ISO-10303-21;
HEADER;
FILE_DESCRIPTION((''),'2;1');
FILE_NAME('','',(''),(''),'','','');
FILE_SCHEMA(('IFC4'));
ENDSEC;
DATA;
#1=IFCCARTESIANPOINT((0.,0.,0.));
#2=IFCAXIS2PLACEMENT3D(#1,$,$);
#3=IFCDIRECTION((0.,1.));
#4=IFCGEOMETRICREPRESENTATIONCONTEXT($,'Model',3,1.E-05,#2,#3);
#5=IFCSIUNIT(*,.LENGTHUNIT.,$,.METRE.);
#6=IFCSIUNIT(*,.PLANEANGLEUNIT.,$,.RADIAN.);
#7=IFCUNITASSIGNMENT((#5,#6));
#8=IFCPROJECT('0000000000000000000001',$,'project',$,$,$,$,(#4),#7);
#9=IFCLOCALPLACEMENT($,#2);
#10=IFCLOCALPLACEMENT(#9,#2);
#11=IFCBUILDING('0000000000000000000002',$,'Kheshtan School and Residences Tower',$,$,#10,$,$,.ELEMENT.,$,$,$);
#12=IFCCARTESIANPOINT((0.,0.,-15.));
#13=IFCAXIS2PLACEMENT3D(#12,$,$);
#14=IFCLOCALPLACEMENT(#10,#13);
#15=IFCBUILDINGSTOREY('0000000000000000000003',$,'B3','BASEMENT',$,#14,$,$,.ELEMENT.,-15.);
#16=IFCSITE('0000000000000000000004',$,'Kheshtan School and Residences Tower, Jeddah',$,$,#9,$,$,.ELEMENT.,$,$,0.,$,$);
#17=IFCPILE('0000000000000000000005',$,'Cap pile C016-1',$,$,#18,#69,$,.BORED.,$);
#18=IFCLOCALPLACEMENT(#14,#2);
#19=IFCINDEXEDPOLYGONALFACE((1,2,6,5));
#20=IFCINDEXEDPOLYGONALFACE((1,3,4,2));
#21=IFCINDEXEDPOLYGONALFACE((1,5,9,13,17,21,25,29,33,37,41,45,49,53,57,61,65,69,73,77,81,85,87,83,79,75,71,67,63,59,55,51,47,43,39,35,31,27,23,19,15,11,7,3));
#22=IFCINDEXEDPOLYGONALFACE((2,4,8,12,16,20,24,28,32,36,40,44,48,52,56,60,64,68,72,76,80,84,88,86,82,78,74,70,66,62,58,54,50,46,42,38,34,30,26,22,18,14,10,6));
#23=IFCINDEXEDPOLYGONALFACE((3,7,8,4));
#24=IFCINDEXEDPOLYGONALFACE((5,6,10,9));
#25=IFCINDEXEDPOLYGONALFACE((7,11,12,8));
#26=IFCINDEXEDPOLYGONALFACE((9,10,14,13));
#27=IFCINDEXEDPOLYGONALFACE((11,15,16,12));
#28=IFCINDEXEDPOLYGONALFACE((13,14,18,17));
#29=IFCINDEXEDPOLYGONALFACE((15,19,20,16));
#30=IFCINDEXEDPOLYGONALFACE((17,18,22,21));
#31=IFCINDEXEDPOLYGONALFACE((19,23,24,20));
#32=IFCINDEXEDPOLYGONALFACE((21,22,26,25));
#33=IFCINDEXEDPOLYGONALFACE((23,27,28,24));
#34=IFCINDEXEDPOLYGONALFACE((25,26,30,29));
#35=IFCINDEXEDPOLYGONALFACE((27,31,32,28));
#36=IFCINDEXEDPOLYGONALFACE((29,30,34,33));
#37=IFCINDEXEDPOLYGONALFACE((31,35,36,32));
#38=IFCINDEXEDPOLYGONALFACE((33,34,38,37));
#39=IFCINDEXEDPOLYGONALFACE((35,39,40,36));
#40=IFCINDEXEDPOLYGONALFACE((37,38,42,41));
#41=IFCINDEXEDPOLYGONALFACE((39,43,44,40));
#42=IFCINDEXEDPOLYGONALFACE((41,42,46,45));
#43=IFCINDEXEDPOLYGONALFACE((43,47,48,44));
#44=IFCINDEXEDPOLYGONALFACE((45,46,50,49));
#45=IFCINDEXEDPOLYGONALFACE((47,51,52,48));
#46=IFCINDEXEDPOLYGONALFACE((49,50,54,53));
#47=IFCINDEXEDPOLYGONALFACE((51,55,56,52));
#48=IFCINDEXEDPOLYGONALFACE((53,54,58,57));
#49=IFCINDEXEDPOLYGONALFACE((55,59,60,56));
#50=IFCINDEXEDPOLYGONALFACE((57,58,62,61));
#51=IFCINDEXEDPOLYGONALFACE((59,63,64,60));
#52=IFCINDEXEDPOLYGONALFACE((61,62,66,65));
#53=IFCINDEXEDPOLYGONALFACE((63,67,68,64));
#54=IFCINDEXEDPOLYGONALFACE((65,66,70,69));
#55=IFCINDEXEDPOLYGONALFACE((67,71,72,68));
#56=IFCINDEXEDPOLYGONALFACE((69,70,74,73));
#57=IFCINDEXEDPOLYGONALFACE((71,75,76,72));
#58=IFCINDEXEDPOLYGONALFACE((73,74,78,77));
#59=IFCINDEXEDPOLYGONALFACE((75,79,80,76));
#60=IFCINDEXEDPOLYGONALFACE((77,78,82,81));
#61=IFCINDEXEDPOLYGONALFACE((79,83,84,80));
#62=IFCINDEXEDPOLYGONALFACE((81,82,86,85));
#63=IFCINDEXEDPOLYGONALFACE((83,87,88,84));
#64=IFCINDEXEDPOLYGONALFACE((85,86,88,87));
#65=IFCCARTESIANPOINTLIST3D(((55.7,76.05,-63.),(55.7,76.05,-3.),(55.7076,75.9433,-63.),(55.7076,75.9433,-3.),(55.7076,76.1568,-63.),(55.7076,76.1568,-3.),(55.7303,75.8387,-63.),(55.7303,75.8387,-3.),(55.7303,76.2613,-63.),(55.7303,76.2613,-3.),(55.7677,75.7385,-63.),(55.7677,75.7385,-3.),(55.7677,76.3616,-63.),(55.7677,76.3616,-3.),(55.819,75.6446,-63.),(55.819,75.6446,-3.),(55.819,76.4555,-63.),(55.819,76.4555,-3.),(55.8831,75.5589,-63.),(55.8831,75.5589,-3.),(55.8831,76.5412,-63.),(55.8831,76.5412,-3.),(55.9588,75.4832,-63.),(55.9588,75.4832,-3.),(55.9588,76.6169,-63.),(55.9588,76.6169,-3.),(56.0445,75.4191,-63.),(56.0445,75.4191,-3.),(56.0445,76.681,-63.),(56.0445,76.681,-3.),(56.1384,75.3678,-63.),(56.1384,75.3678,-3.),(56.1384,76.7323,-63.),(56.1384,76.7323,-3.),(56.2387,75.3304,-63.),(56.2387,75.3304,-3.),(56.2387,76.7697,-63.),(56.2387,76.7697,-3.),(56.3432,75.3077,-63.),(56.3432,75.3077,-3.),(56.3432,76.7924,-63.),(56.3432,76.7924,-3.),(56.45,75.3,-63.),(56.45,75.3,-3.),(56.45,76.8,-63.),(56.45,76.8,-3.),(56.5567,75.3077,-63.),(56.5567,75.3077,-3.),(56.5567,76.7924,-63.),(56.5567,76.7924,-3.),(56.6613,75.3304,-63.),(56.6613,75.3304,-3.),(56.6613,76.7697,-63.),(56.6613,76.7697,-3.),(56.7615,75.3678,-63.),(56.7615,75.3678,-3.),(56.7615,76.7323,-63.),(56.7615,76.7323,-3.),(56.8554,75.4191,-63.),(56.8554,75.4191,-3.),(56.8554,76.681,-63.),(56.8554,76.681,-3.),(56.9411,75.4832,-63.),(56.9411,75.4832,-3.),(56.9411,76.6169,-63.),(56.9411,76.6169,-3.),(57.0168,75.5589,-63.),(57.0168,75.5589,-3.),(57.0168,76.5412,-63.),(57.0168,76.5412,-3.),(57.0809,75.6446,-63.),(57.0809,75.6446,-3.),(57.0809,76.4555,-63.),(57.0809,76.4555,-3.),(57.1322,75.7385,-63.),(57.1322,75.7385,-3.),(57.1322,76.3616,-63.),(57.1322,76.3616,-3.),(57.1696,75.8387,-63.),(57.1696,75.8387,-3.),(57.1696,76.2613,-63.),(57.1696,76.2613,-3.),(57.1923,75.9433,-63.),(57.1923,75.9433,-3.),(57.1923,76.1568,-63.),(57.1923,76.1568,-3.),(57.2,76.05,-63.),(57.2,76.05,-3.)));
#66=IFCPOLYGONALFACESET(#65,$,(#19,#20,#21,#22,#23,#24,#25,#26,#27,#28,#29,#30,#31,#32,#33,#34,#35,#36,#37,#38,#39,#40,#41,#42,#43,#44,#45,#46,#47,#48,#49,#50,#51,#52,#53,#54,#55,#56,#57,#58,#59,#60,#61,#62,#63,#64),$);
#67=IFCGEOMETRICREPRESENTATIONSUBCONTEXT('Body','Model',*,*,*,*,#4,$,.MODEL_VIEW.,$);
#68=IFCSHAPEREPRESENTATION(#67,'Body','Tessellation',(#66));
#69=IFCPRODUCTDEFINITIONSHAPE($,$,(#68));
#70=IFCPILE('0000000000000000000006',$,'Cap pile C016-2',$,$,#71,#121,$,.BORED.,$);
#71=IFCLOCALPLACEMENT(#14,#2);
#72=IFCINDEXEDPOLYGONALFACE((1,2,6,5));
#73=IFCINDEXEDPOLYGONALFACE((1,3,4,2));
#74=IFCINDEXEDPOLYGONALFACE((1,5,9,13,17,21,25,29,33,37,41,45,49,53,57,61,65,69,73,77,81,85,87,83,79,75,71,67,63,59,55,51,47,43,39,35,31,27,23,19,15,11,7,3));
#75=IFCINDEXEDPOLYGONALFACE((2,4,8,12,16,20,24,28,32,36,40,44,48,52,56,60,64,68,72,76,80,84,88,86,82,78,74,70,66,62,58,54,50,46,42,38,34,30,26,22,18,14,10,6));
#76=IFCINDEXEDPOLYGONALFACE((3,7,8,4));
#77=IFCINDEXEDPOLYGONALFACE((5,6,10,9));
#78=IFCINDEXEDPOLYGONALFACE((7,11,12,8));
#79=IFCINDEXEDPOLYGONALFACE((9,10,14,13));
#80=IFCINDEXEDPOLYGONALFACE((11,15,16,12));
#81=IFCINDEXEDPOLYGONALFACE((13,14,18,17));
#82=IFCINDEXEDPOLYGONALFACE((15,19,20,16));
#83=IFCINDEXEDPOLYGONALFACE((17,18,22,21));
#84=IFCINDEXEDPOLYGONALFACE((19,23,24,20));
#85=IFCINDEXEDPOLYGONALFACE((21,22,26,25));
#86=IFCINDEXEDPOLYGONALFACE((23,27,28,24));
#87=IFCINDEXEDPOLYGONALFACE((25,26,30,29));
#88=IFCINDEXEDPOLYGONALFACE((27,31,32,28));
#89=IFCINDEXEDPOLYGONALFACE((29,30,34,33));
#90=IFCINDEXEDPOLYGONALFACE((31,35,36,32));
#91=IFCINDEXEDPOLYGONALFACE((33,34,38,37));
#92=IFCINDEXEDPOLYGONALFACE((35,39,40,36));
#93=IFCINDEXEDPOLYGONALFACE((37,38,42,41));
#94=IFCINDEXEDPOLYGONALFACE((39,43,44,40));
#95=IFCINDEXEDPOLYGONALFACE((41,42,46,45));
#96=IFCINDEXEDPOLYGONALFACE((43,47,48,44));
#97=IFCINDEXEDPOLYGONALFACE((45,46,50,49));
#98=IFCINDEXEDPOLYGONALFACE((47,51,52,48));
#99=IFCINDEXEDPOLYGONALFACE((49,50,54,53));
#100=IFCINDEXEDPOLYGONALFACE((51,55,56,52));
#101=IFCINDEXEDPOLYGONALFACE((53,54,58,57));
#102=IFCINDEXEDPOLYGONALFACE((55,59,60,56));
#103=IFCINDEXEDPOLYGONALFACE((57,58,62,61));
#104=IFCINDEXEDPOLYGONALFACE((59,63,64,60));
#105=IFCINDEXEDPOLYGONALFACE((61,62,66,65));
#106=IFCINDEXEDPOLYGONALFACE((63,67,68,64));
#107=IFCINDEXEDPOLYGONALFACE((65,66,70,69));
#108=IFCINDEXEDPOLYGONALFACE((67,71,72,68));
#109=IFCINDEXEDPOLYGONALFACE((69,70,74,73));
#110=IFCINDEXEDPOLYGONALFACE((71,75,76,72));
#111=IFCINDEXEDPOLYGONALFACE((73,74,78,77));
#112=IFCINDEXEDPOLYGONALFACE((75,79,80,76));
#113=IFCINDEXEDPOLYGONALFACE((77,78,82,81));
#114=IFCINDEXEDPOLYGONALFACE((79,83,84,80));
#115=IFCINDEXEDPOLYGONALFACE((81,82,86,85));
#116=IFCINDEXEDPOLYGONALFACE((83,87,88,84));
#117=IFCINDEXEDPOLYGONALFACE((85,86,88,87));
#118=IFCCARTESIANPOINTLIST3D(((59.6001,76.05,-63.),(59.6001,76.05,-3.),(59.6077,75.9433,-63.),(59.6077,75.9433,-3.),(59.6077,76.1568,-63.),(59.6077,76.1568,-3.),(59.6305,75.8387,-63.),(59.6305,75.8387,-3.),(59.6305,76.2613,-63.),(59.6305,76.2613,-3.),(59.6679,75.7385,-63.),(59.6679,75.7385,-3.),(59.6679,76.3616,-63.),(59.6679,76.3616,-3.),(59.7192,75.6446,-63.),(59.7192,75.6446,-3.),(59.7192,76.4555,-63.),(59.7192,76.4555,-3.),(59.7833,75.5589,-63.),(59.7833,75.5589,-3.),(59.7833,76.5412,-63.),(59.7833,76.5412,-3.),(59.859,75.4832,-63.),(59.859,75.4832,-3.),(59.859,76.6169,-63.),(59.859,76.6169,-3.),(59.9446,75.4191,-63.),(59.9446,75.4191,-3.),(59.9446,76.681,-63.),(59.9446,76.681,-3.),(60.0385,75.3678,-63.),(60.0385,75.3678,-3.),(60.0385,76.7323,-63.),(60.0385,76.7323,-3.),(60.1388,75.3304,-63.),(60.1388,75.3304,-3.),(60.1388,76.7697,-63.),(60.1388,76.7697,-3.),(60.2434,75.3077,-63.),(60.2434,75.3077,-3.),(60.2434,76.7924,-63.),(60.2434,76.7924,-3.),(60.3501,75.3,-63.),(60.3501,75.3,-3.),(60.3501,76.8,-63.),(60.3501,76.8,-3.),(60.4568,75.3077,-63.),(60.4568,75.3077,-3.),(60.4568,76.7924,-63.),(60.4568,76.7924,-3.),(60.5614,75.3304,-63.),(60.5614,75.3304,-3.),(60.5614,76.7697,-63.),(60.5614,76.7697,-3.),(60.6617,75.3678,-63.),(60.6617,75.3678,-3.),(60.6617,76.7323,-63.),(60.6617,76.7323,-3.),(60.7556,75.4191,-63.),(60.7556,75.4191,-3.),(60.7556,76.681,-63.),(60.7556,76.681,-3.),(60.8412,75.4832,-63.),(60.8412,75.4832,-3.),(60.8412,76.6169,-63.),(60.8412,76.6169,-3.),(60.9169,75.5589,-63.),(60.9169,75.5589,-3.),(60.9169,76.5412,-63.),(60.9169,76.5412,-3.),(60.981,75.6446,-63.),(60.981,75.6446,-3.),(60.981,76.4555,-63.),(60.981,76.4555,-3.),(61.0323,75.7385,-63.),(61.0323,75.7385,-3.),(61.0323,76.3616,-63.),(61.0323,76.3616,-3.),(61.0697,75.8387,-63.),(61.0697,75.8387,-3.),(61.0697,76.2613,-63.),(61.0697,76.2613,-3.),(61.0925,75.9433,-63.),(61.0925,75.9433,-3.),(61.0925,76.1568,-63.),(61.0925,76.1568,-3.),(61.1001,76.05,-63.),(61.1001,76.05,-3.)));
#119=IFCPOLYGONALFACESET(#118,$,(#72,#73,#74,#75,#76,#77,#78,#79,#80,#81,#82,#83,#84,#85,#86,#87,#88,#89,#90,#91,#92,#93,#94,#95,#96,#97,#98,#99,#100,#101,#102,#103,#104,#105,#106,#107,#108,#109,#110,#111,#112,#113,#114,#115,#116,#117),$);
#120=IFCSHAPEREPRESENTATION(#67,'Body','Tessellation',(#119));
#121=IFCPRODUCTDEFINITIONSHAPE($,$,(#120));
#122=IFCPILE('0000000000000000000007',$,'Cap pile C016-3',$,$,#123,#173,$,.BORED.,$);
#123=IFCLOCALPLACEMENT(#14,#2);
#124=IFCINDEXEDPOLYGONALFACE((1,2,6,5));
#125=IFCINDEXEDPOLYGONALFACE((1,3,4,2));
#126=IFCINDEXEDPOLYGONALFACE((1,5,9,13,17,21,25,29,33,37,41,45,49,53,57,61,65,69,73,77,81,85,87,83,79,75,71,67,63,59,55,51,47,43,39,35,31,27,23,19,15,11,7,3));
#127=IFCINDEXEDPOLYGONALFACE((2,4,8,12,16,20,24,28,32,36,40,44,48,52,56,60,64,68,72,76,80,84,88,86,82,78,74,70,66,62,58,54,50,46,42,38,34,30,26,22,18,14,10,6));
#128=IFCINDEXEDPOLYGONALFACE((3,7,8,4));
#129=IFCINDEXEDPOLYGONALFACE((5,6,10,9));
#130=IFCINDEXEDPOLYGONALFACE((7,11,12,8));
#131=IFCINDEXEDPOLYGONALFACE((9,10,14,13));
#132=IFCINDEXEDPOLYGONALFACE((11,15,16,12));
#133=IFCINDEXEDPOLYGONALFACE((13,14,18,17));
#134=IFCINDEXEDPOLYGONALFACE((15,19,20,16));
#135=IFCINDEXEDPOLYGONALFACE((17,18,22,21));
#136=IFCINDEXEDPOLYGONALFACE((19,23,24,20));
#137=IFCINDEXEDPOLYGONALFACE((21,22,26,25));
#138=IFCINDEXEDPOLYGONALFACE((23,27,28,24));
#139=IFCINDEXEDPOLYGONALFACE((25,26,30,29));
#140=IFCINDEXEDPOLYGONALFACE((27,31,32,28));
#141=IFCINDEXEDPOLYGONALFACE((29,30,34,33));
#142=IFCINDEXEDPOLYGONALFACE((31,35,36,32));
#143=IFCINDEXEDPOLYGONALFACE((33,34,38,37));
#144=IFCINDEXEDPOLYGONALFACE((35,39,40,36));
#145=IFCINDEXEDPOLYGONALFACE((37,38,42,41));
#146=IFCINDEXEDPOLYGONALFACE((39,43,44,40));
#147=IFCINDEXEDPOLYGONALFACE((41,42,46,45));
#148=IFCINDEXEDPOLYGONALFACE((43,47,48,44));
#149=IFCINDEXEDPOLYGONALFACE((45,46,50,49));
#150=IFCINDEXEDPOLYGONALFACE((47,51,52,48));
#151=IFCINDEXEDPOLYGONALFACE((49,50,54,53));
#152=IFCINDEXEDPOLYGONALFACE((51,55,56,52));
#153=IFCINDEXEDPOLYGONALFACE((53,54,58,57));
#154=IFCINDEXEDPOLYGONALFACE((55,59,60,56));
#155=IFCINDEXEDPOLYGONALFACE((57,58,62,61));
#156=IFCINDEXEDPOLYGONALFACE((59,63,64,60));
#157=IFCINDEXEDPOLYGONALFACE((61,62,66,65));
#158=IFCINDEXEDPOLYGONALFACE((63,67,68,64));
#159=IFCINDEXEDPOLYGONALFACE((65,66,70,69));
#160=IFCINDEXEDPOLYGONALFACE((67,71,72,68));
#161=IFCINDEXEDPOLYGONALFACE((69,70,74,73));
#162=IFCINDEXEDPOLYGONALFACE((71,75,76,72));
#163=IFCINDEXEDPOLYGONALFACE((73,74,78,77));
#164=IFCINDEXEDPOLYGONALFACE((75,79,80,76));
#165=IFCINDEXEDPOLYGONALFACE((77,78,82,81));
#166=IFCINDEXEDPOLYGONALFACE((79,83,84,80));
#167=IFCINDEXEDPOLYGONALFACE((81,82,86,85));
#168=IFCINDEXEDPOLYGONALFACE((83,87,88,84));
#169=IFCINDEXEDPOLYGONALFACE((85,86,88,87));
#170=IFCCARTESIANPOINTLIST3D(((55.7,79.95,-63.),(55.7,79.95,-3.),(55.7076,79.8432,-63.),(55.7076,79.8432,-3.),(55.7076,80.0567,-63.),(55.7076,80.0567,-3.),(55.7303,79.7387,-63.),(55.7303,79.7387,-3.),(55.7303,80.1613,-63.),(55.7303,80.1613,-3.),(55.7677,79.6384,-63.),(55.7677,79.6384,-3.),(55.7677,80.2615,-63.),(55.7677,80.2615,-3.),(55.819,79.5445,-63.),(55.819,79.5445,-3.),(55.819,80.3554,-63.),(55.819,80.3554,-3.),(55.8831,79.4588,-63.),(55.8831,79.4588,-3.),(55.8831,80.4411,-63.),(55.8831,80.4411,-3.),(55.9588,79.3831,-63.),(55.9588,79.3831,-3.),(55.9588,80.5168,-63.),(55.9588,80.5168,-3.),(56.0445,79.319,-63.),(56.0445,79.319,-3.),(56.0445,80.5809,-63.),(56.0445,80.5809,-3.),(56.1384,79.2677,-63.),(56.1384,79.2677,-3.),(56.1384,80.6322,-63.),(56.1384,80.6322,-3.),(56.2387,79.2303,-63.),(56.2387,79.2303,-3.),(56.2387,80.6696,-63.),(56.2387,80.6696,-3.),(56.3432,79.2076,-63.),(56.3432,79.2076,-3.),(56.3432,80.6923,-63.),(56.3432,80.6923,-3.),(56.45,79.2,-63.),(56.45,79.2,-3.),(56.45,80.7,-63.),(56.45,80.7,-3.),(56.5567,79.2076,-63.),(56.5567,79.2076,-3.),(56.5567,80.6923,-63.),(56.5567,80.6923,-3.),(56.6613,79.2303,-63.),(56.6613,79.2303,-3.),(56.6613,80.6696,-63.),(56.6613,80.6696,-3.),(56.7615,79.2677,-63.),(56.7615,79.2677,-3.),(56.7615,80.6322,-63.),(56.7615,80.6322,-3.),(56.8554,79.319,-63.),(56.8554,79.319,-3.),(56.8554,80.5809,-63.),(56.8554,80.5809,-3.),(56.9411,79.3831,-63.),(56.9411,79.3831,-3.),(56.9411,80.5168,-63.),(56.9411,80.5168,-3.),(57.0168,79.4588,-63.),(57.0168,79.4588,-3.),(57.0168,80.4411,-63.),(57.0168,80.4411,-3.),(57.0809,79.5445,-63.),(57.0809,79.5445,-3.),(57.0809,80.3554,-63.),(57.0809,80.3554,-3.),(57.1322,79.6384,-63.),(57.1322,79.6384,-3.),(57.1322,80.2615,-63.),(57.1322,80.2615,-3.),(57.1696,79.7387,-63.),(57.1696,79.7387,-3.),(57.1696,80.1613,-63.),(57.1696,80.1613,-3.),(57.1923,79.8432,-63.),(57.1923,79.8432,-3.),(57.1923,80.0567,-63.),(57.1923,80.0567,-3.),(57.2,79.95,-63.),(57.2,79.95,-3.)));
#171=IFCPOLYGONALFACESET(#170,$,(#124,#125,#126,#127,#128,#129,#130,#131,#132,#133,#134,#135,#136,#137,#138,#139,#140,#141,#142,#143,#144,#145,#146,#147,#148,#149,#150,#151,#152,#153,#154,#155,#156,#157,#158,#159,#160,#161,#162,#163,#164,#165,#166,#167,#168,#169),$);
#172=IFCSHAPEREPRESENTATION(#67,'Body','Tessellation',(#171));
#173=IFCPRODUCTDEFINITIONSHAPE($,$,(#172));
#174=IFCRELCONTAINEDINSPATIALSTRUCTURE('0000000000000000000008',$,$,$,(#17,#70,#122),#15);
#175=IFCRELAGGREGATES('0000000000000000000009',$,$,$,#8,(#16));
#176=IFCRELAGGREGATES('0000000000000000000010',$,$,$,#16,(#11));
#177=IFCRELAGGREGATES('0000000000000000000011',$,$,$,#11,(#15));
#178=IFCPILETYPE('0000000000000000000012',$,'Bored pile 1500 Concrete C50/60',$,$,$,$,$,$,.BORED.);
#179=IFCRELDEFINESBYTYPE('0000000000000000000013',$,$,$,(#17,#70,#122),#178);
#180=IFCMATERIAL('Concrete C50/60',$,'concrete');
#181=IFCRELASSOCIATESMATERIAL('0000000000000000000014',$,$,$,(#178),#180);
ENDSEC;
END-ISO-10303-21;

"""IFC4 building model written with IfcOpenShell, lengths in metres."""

from ifc_helpers import new_model, si_unit, direction, frame, origin, origin_2d, place, context, subcontext, project, spatial, circle, extrude, material, material_profile, profile_set, type_object, element, save


model = new_model("IFC4")

# Units and contexts
model_context = context("Model", 3, precision=1e-05, world=origin(), true_north=direction((0.0, 1.0)))
body_context = subcontext(model_context, "Body", "Model", "MODEL_VIEW")
ifc_project = project(units=[si_unit("LENGTHUNIT", "METRE"), si_unit("PLANEANGLEUNIT", "RADIAN")], contexts=[model_context])

# Site, building, storey
site_placement = place(None, origin())
site = spatial("IfcSite", under=ifc_project, at=site_placement, Name="Kheshtan School and Residences Tower, Jeddah", CompositionType="ELEMENT", RefElevation=0.0)
building_placement = place(site_placement, origin())
building = spatial("IfcBuilding", under=site, at=building_placement, Name="Kheshtan School and Residences Tower", CompositionType="ELEMENT")
storey_placement = place(building_placement, frame((0.0, 0.0, -15.0)))
storey = spatial("IfcBuildingStorey", under=building, at=storey_placement, Name="B3", Description="BASEMENT", CompositionType="ELEMENT", Elevation=-15.0)

# Piles
ifc_material_1 = material(Name="Concrete C50/60", Category="concrete")
ifc_material_profile_1 = material_profile(ifc_material_1, circle(Radius=0.75, at=origin_2d()), Name="BP 1500")
ifc_profile_set_1 = profile_set([ifc_material_profile_1], Name="Concrete C50/60")
pile_type = type_object("IfcPileType", Name="Bored pile 1500 Concrete C50/60", PredefinedType="BORED", material=ifc_profile_set_1)
for number, where, z_axis, x_axis, name in (
    (1, (56.45, 76.05, -3.0), (0.0, 0.0, -1.0), (1.0, 0.0, 0.0), "Cap pile C016-1"),
    (2, (60.3501, 76.05, -3.0), (0.0, 0.0, -1.0), (1.0, 0.0, 0.0), "Cap pile C016-2"),
    (3, (56.45, 79.95, -3.0), (0.0, 0.0, -1.0), (1.0, 0.0, 0.0), "Cap pile C016-3"),
):
    element("IfcPile", number, at=place(storey_placement, frame(where, z_axis=z_axis, x_axis=x_axis)), inside=storey, type_object=pile_type, Name=name, PredefinedType="BORED", context=body_context, shape_type="SweptSolid", body=[
        extrude(circle(Radius=0.75, at=origin_2d()), origin(), (0.0, 0.0, 1.0), 60.0),
    ])

save(model, "model.ifc")
